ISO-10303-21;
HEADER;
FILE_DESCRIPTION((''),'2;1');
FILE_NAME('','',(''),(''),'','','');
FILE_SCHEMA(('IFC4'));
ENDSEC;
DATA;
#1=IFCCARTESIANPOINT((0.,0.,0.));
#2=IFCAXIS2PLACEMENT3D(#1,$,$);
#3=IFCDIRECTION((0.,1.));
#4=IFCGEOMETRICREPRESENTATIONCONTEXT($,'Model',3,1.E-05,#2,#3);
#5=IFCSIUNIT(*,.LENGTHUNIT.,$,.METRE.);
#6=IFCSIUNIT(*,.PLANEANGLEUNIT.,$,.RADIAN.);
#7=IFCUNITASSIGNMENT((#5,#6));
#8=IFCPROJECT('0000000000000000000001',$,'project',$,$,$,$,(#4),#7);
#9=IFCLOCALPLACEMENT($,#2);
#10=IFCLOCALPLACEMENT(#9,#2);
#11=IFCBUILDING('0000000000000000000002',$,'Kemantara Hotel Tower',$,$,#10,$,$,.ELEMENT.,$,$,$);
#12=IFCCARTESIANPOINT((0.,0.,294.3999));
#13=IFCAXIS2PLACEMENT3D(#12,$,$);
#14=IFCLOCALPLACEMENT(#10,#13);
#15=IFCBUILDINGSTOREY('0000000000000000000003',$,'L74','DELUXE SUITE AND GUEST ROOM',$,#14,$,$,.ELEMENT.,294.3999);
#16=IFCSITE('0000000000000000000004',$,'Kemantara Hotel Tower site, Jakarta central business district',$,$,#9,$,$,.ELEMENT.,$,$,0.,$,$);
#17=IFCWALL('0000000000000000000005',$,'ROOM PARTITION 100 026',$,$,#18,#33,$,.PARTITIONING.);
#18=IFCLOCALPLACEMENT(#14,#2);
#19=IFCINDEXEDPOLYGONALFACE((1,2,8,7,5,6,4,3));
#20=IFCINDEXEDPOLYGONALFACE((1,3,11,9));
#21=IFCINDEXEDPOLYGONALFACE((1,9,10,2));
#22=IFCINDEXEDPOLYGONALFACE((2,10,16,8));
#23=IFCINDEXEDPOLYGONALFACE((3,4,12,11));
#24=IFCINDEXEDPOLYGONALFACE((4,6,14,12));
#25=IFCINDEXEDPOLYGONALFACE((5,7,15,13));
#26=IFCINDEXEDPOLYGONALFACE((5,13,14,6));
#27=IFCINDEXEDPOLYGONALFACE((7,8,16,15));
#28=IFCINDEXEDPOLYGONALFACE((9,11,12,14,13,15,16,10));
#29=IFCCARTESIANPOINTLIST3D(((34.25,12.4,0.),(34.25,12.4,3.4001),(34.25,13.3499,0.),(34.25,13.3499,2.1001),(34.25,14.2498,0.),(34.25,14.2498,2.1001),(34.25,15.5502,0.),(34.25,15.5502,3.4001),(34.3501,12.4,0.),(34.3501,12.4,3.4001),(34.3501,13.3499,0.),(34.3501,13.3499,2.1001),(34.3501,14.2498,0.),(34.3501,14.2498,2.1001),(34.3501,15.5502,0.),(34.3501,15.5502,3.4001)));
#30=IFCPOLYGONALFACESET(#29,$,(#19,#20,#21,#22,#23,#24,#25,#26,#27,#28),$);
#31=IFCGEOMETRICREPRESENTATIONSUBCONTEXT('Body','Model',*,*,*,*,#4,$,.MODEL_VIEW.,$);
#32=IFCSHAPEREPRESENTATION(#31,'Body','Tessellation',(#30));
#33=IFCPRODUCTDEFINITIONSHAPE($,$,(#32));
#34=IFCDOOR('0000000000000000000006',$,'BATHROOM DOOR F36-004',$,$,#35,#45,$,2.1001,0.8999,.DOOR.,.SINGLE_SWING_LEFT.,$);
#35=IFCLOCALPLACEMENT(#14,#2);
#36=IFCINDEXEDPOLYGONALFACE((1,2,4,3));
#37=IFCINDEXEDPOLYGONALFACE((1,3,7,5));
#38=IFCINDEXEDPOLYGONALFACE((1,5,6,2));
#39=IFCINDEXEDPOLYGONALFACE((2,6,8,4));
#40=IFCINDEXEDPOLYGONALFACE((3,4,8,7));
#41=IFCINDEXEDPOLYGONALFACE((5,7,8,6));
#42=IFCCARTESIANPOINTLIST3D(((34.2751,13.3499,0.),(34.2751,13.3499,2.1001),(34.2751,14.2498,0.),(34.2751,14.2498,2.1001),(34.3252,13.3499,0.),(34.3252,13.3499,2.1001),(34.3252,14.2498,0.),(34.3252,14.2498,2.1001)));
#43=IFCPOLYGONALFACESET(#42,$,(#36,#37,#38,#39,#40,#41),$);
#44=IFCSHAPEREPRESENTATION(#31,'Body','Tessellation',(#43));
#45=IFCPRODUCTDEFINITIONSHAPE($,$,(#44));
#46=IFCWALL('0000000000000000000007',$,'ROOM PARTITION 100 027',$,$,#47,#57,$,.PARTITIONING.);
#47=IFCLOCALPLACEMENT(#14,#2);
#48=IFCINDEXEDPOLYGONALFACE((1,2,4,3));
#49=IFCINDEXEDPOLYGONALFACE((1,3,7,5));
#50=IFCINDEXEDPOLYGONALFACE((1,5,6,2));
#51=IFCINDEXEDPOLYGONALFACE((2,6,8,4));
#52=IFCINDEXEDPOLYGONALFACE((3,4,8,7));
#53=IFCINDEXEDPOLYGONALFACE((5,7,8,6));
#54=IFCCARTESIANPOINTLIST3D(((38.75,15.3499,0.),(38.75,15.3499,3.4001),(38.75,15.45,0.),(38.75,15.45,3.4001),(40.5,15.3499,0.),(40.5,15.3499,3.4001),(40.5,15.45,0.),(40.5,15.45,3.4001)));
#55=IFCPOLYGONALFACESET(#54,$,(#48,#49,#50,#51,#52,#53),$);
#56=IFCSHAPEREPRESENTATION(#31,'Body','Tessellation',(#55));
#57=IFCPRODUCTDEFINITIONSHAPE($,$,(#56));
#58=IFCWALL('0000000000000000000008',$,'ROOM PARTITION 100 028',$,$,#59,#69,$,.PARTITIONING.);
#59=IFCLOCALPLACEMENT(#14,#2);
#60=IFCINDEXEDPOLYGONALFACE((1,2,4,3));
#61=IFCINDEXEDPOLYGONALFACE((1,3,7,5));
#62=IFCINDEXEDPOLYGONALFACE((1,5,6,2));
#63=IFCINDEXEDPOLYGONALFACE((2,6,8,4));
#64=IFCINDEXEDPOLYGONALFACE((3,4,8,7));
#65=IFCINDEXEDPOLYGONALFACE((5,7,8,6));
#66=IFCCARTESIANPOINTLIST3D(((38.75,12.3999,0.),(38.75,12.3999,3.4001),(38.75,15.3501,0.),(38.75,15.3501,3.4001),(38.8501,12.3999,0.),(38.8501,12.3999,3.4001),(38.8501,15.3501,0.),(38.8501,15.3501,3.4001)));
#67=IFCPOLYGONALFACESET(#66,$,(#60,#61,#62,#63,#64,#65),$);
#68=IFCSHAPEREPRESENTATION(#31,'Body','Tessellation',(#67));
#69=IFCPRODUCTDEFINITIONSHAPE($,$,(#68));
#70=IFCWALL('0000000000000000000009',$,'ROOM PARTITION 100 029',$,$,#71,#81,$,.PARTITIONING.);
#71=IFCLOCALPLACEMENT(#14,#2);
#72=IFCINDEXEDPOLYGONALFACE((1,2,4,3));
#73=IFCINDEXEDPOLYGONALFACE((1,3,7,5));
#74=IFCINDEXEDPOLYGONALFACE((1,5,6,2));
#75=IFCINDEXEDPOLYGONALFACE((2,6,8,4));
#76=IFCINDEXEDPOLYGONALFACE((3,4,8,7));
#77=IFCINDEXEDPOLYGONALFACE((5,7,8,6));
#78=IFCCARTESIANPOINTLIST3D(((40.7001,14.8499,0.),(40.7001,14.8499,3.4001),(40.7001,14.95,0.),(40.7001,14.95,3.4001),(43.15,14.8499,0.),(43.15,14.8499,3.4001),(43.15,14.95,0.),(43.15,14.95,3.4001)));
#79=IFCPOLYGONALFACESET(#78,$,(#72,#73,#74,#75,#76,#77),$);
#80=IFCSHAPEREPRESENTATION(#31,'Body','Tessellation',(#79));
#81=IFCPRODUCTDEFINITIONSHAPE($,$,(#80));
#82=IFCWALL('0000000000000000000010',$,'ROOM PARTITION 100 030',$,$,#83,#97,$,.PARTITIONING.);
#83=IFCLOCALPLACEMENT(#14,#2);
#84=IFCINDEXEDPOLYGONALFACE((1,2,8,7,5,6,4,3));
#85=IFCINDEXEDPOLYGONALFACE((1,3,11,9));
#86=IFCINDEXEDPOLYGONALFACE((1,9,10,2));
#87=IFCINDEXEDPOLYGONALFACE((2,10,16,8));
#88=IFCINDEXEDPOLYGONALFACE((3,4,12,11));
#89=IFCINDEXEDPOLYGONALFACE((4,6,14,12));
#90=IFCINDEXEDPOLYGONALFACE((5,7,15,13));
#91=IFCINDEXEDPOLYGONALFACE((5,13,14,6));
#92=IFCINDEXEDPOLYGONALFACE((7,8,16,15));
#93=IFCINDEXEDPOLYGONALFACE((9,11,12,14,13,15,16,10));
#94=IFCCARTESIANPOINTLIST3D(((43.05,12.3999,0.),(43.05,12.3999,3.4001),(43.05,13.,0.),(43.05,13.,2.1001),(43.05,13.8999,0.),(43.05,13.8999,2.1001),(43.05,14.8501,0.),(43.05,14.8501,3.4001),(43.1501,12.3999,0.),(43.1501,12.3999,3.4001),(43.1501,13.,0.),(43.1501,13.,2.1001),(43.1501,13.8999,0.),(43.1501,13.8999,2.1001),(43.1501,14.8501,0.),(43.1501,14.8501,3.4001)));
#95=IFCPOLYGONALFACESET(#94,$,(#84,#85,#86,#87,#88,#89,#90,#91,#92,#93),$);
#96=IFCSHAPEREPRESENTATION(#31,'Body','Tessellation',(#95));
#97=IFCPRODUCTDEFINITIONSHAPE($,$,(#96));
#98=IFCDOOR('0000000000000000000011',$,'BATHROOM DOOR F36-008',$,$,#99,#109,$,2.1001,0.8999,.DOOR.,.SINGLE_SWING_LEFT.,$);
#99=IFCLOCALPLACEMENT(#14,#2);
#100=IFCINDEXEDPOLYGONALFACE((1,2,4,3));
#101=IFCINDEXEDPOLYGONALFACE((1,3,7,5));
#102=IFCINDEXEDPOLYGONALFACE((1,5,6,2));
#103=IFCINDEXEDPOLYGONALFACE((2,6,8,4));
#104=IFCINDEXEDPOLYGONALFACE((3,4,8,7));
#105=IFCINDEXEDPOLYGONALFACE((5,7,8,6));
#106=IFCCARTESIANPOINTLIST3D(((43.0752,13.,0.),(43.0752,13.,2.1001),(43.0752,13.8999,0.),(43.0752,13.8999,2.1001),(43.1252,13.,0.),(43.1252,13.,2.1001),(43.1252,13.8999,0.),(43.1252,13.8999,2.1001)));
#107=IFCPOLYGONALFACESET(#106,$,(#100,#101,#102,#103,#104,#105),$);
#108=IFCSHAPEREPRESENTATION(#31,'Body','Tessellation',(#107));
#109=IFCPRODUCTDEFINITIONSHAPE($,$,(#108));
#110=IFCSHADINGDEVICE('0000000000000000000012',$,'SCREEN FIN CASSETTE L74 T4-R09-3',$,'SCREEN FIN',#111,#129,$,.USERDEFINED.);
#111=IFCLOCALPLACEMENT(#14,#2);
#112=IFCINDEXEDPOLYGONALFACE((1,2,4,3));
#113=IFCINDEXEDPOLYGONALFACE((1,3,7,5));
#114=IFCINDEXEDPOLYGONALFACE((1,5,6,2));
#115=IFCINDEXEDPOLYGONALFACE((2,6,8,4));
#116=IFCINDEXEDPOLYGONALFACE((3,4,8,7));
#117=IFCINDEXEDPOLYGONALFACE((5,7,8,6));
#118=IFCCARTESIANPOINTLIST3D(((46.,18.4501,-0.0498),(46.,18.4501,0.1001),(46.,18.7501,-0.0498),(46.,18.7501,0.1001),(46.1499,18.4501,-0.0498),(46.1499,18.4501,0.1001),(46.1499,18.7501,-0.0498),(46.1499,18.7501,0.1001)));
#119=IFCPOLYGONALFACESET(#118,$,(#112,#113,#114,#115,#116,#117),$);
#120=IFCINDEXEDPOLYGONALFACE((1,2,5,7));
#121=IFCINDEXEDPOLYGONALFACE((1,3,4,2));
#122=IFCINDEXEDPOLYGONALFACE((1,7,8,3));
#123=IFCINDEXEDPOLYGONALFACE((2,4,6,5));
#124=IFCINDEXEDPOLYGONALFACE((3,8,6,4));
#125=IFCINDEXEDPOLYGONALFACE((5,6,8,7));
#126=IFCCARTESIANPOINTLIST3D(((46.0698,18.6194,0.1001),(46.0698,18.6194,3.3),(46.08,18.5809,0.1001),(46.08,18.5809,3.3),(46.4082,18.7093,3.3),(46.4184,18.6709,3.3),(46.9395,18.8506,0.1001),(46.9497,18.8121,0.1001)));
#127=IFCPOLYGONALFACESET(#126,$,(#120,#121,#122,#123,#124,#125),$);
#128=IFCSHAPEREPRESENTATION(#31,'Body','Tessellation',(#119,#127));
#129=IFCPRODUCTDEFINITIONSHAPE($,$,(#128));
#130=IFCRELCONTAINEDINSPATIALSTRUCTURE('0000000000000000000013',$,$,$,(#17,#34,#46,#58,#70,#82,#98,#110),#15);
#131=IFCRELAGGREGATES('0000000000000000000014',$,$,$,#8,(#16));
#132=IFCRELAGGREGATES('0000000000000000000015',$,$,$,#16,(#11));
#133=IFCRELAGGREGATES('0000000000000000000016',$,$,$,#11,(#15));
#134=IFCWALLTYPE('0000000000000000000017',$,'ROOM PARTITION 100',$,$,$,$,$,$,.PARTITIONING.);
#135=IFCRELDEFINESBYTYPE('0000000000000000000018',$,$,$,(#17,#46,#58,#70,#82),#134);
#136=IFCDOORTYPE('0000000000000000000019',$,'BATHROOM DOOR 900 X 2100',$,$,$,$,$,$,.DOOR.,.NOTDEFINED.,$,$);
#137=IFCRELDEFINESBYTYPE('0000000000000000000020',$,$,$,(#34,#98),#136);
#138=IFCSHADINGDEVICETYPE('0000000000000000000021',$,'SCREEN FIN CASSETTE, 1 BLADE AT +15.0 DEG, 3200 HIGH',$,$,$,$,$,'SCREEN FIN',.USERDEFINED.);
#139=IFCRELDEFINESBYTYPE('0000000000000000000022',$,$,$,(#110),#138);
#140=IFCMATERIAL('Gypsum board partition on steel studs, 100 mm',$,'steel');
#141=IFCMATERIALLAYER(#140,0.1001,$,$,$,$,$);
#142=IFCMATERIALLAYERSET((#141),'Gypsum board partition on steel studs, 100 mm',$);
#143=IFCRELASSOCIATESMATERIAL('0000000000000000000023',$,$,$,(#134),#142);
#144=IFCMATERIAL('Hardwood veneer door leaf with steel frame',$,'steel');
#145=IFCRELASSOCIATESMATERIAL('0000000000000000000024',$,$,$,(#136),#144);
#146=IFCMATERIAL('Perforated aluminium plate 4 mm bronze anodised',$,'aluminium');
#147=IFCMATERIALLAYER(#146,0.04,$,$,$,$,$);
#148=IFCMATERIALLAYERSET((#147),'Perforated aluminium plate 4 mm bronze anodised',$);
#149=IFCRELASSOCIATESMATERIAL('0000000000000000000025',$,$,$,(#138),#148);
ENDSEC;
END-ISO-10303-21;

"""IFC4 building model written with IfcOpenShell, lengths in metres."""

from ifc_helpers import new_model, si_unit, direction, frame, frame_2d, origin, origin_2d, place, context, subcontext, project, spatial, polyline, rectangle, outline, extrude, source, transform, mapped, material, layer, layer_set, type_object, element, fill, save


model = new_model("IFC4")

# Units and contexts
model_context = context("Model", 3, precision=1e-05, world=origin(), true_north=direction((0.0, 1.0)))
body_context = subcontext(model_context, "Body", "Model", "MODEL_VIEW")
ifc_project = project(units=[si_unit("LENGTHUNIT", "METRE"), si_unit("PLANEANGLEUNIT", "RADIAN")], contexts=[model_context])

# Site, building, storey
site_placement = place(None, origin())
site = spatial("IfcSite", under=ifc_project, at=site_placement, Name="Kemantara Hotel Tower site, Jakarta central business district", CompositionType="ELEMENT", RefElevation=0.0)
building_placement = place(site_placement, origin())
building = spatial("IfcBuilding", under=site, at=building_placement, Name="Kemantara Hotel Tower", CompositionType="ELEMENT")
storey_placement = place(building_placement, frame((0.0, 0.0, 294.3999)))
storey = spatial("IfcBuildingStorey", under=building, at=storey_placement, Name="L74", Description="DELUXE SUITE AND GUEST ROOM", CompositionType="ELEMENT", Elevation=294.3999)

# Shared definitions
ifc_material_1 = material(Name="Gypsum board partition on steel studs, 100 mm", Category="steel")
ifc_layer_1 = layer(ifc_material_1, 0.1001)
ifc_layer_set_1 = layer_set([ifc_layer_1], Name="Gypsum board partition on steel studs, 100 mm")
wall_type_1 = type_object("IfcWallType", Name="ROOM PARTITION 100", PredefinedType="PARTITIONING", material=ifc_layer_set_1)

# Wall, opening, door
wall_1_placement = place(storey_placement, frame((34.3, 12.3999, 0.0), z_axis=(0.0, 0.0, 1.0), x_axis=(0.0, 1.0, 0.0)))
wall_1 = element("IfcWall", 1, at=wall_1_placement, inside=storey, type_object=wall_type_1, Name="ROOM PARTITION 100 026", PredefinedType="PARTITIONING", context=body_context, shape_type="SweptSolid", body=[
    extrude(rectangle(XDim=3.1501, YDim=0.1001, at=frame_2d((1.5752, 0.0))), origin(), (0.0, 0.0, 1.0), 3.4001),
])
opening_1_placement = place(wall_1_placement, frame((0.95, 0.0, 0.0)))
opening_1 = element("IfcOpeningElement", 2, at=opening_1_placement, cuts=wall_1, PredefinedType="OPENING", context=body_context, shape_type="SweptSolid", body=[
    extrude(rectangle(XDim=0.8999, YDim=2.1001, at=frame_2d((0.45, 1.05))), frame((0.0, 0.0601, 0.0), z_axis=(0.0, -1.0, 0.0), x_axis=(1.0, 0.0, 0.0)), (0.0, 0.0, 1.0), 0.1201),
])
ifc_material_2 = material(Name="Hardwood veneer door leaf with steel frame", Category="steel")
door_type = type_object("IfcDoorType", Name="BATHROOM DOOR 900 X 2100", OperationType="NOTDEFINED", PredefinedType="DOOR", material=ifc_material_2)
door_1_placement = place(opening_1_placement, origin())
door_1 = element("IfcDoor", 3, at=door_1_placement, inside=storey, type_object=door_type, Name="BATHROOM DOOR F36-004", OperationType="SINGLE_SWING_LEFT", OverallHeight=2.1001, OverallWidth=0.8999, PredefinedType="DOOR", context=body_context, shape_type="SweptSolid", body=[
    extrude(rectangle(XDim=0.8999, YDim=2.1001, at=frame_2d((0.45, 1.05))), frame((0.0, 0.0249, 0.0), z_axis=(0.0, -1.0, 0.0), x_axis=(1.0, 0.0, 0.0)), (0.0, 0.0, 1.0), 0.05),
])
fill(opening_1, door_1)

# Walls
wall_2_placement = place(storey_placement, frame((38.75, 15.3999, 0.0), z_axis=(0.0, 0.0, 1.0), x_axis=(1.0, 0.0, 0.0)))
element("IfcWall", 4, at=wall_2_placement, inside=storey, type_object=wall_type_1, Name="ROOM PARTITION 100 027", PredefinedType="PARTITIONING", context=body_context, shape_type="SweptSolid", body=[
    extrude(rectangle(XDim=1.75, YDim=0.1001, at=frame_2d((0.875, 0.0))), origin(), (0.0, 0.0, 1.0), 3.4001),
])
wall_3_placement = place(storey_placement, frame((38.8, 12.3999, 0.0), z_axis=(0.0, 0.0, 1.0), x_axis=(0.0, 1.0, 0.0)))
element("IfcWall", 5, at=wall_3_placement, inside=storey, type_object=wall_type_1, Name="ROOM PARTITION 100 028", PredefinedType="PARTITIONING", context=body_context, shape_type="SweptSolid", body=[
    extrude(rectangle(XDim=2.9502, YDim=0.1001, at=frame_2d((1.4751, 0.0))), origin(), (0.0, 0.0, 1.0), 3.4001),
])
wall_4_placement = place(storey_placement, frame((40.7, 14.8999, 0.0), z_axis=(0.0, 0.0, 1.0), x_axis=(1.0, 0.0, 0.0)))
element("IfcWall", 6, at=wall_4_placement, inside=storey, type_object=wall_type_1, Name="ROOM PARTITION 100 029", PredefinedType="PARTITIONING", context=body_context, shape_type="SweptSolid", body=[
    extrude(rectangle(XDim=2.45, YDim=0.1001, at=frame_2d((1.2251, 0.0))), origin(), (0.0, 0.0, 1.0), 3.4001),
])

# Wall, opening, door
wall_5_placement = place(storey_placement, frame((43.1001, 12.3999, 0.0), z_axis=(0.0, 0.0, 1.0), x_axis=(0.0, 1.0, 0.0)))
wall_5 = element("IfcWall", 7, at=wall_5_placement, inside=storey, type_object=wall_type_1, Name="ROOM PARTITION 100 030", PredefinedType="PARTITIONING", context=body_context, shape_type="SweptSolid", body=[
    extrude(rectangle(XDim=2.4502, YDim=0.1001, at=frame_2d((1.2251, 0.0))), origin(), (0.0, 0.0, 1.0), 3.4001),
])
opening_2_placement = place(wall_5_placement, frame((0.6001, 0.0, 0.0)))
opening_2 = element("IfcOpeningElement", 8, at=opening_2_placement, cuts=wall_5, PredefinedType="OPENING", context=body_context, shape_type="SweptSolid", body=[
    extrude(rectangle(XDim=0.8999, YDim=2.1001, at=frame_2d((0.45, 1.05))), frame((0.0, 0.0601, 0.0), z_axis=(0.0, -1.0, 0.0), x_axis=(1.0, 0.0, 0.0)), (0.0, 0.0, 1.0), 0.1201),
])
door_2_placement = place(opening_2_placement, origin())
door_2 = element("IfcDoor", 9, at=door_2_placement, inside=storey, type_object=door_type, Name="BATHROOM DOOR F36-008", OperationType="SINGLE_SWING_LEFT", OverallHeight=2.1001, OverallWidth=0.8999, PredefinedType="DOOR", context=body_context, shape_type="SweptSolid", body=[
    extrude(rectangle(XDim=0.8999, YDim=2.1001, at=frame_2d((0.45, 1.05))), frame((0.0, 0.0249, 0.0), z_axis=(0.0, -1.0, 0.0), x_axis=(1.0, 0.0, 0.0)), (0.0, 0.0, 1.0), 0.05),
])
fill(opening_2, door_2)

# Shading device
ifc_material_3 = material(Name="Perforated aluminium plate 4 mm bronze anodised", Category="aluminium")
ifc_layer_2 = layer(ifc_material_3, 0.04)
ifc_layer_set_2 = layer_set([ifc_layer_2], Name="Perforated aluminium plate 4 mm bronze anodised")
shading_device_type = type_object("IfcShadingDeviceType", Name="SCREEN FIN CASSETTE, 1 BLADE AT +15.0 DEG, 3200 HIGH", ElementType="SCREEN FIN", PredefinedType="USERDEFINED", material=ifc_layer_set_2)
shared_shape_1 = source(origin(), body_context, "Body", "SweptSolid", [
    extrude(rectangle(XDim=0.3, YDim=0.1499, at=origin_2d()), frame((0.0, -0.075, -0.1499), z_axis=(0.0, 0.0, 1.0), x_axis=(1.0, 0.0, 0.0)), (0.0, 0.0, 1.0), 0.1499),
    extrude(outline(polyline([(0.0, 0.0), (0.8999, 0.0), (0.3501, 3.2), (0.0, 3.2), (0.0, 0.0)])), frame((0.0193, -0.0698, 0.0), z_axis=(-0.966438, -0.256901, 0.0), x_axis=(0.256901, -0.966438, 0.0)), (0.0, 0.0, 1.0), 0.0398),
])
shading_device_placement = place(storey_placement, frame((46.0, 18.6001, 0.1001), z_axis=(0.0, 0.0, 1.0), x_axis=(0.0, 1.0, 0.0)))
element("IfcShadingDevice", 10, at=shading_device_placement, inside=storey, type_object=shading_device_type, Name="SCREEN FIN CASSETTE L74 T4-R09-3", ObjectType="SCREEN FIN", PredefinedType="USERDEFINED", context=body_context, shape_type="MappedRepresentation", body=[
    mapped(shared_shape_1, transform((0.0, 0.0, 0.0))),
])

save(model, "model.ifc")
